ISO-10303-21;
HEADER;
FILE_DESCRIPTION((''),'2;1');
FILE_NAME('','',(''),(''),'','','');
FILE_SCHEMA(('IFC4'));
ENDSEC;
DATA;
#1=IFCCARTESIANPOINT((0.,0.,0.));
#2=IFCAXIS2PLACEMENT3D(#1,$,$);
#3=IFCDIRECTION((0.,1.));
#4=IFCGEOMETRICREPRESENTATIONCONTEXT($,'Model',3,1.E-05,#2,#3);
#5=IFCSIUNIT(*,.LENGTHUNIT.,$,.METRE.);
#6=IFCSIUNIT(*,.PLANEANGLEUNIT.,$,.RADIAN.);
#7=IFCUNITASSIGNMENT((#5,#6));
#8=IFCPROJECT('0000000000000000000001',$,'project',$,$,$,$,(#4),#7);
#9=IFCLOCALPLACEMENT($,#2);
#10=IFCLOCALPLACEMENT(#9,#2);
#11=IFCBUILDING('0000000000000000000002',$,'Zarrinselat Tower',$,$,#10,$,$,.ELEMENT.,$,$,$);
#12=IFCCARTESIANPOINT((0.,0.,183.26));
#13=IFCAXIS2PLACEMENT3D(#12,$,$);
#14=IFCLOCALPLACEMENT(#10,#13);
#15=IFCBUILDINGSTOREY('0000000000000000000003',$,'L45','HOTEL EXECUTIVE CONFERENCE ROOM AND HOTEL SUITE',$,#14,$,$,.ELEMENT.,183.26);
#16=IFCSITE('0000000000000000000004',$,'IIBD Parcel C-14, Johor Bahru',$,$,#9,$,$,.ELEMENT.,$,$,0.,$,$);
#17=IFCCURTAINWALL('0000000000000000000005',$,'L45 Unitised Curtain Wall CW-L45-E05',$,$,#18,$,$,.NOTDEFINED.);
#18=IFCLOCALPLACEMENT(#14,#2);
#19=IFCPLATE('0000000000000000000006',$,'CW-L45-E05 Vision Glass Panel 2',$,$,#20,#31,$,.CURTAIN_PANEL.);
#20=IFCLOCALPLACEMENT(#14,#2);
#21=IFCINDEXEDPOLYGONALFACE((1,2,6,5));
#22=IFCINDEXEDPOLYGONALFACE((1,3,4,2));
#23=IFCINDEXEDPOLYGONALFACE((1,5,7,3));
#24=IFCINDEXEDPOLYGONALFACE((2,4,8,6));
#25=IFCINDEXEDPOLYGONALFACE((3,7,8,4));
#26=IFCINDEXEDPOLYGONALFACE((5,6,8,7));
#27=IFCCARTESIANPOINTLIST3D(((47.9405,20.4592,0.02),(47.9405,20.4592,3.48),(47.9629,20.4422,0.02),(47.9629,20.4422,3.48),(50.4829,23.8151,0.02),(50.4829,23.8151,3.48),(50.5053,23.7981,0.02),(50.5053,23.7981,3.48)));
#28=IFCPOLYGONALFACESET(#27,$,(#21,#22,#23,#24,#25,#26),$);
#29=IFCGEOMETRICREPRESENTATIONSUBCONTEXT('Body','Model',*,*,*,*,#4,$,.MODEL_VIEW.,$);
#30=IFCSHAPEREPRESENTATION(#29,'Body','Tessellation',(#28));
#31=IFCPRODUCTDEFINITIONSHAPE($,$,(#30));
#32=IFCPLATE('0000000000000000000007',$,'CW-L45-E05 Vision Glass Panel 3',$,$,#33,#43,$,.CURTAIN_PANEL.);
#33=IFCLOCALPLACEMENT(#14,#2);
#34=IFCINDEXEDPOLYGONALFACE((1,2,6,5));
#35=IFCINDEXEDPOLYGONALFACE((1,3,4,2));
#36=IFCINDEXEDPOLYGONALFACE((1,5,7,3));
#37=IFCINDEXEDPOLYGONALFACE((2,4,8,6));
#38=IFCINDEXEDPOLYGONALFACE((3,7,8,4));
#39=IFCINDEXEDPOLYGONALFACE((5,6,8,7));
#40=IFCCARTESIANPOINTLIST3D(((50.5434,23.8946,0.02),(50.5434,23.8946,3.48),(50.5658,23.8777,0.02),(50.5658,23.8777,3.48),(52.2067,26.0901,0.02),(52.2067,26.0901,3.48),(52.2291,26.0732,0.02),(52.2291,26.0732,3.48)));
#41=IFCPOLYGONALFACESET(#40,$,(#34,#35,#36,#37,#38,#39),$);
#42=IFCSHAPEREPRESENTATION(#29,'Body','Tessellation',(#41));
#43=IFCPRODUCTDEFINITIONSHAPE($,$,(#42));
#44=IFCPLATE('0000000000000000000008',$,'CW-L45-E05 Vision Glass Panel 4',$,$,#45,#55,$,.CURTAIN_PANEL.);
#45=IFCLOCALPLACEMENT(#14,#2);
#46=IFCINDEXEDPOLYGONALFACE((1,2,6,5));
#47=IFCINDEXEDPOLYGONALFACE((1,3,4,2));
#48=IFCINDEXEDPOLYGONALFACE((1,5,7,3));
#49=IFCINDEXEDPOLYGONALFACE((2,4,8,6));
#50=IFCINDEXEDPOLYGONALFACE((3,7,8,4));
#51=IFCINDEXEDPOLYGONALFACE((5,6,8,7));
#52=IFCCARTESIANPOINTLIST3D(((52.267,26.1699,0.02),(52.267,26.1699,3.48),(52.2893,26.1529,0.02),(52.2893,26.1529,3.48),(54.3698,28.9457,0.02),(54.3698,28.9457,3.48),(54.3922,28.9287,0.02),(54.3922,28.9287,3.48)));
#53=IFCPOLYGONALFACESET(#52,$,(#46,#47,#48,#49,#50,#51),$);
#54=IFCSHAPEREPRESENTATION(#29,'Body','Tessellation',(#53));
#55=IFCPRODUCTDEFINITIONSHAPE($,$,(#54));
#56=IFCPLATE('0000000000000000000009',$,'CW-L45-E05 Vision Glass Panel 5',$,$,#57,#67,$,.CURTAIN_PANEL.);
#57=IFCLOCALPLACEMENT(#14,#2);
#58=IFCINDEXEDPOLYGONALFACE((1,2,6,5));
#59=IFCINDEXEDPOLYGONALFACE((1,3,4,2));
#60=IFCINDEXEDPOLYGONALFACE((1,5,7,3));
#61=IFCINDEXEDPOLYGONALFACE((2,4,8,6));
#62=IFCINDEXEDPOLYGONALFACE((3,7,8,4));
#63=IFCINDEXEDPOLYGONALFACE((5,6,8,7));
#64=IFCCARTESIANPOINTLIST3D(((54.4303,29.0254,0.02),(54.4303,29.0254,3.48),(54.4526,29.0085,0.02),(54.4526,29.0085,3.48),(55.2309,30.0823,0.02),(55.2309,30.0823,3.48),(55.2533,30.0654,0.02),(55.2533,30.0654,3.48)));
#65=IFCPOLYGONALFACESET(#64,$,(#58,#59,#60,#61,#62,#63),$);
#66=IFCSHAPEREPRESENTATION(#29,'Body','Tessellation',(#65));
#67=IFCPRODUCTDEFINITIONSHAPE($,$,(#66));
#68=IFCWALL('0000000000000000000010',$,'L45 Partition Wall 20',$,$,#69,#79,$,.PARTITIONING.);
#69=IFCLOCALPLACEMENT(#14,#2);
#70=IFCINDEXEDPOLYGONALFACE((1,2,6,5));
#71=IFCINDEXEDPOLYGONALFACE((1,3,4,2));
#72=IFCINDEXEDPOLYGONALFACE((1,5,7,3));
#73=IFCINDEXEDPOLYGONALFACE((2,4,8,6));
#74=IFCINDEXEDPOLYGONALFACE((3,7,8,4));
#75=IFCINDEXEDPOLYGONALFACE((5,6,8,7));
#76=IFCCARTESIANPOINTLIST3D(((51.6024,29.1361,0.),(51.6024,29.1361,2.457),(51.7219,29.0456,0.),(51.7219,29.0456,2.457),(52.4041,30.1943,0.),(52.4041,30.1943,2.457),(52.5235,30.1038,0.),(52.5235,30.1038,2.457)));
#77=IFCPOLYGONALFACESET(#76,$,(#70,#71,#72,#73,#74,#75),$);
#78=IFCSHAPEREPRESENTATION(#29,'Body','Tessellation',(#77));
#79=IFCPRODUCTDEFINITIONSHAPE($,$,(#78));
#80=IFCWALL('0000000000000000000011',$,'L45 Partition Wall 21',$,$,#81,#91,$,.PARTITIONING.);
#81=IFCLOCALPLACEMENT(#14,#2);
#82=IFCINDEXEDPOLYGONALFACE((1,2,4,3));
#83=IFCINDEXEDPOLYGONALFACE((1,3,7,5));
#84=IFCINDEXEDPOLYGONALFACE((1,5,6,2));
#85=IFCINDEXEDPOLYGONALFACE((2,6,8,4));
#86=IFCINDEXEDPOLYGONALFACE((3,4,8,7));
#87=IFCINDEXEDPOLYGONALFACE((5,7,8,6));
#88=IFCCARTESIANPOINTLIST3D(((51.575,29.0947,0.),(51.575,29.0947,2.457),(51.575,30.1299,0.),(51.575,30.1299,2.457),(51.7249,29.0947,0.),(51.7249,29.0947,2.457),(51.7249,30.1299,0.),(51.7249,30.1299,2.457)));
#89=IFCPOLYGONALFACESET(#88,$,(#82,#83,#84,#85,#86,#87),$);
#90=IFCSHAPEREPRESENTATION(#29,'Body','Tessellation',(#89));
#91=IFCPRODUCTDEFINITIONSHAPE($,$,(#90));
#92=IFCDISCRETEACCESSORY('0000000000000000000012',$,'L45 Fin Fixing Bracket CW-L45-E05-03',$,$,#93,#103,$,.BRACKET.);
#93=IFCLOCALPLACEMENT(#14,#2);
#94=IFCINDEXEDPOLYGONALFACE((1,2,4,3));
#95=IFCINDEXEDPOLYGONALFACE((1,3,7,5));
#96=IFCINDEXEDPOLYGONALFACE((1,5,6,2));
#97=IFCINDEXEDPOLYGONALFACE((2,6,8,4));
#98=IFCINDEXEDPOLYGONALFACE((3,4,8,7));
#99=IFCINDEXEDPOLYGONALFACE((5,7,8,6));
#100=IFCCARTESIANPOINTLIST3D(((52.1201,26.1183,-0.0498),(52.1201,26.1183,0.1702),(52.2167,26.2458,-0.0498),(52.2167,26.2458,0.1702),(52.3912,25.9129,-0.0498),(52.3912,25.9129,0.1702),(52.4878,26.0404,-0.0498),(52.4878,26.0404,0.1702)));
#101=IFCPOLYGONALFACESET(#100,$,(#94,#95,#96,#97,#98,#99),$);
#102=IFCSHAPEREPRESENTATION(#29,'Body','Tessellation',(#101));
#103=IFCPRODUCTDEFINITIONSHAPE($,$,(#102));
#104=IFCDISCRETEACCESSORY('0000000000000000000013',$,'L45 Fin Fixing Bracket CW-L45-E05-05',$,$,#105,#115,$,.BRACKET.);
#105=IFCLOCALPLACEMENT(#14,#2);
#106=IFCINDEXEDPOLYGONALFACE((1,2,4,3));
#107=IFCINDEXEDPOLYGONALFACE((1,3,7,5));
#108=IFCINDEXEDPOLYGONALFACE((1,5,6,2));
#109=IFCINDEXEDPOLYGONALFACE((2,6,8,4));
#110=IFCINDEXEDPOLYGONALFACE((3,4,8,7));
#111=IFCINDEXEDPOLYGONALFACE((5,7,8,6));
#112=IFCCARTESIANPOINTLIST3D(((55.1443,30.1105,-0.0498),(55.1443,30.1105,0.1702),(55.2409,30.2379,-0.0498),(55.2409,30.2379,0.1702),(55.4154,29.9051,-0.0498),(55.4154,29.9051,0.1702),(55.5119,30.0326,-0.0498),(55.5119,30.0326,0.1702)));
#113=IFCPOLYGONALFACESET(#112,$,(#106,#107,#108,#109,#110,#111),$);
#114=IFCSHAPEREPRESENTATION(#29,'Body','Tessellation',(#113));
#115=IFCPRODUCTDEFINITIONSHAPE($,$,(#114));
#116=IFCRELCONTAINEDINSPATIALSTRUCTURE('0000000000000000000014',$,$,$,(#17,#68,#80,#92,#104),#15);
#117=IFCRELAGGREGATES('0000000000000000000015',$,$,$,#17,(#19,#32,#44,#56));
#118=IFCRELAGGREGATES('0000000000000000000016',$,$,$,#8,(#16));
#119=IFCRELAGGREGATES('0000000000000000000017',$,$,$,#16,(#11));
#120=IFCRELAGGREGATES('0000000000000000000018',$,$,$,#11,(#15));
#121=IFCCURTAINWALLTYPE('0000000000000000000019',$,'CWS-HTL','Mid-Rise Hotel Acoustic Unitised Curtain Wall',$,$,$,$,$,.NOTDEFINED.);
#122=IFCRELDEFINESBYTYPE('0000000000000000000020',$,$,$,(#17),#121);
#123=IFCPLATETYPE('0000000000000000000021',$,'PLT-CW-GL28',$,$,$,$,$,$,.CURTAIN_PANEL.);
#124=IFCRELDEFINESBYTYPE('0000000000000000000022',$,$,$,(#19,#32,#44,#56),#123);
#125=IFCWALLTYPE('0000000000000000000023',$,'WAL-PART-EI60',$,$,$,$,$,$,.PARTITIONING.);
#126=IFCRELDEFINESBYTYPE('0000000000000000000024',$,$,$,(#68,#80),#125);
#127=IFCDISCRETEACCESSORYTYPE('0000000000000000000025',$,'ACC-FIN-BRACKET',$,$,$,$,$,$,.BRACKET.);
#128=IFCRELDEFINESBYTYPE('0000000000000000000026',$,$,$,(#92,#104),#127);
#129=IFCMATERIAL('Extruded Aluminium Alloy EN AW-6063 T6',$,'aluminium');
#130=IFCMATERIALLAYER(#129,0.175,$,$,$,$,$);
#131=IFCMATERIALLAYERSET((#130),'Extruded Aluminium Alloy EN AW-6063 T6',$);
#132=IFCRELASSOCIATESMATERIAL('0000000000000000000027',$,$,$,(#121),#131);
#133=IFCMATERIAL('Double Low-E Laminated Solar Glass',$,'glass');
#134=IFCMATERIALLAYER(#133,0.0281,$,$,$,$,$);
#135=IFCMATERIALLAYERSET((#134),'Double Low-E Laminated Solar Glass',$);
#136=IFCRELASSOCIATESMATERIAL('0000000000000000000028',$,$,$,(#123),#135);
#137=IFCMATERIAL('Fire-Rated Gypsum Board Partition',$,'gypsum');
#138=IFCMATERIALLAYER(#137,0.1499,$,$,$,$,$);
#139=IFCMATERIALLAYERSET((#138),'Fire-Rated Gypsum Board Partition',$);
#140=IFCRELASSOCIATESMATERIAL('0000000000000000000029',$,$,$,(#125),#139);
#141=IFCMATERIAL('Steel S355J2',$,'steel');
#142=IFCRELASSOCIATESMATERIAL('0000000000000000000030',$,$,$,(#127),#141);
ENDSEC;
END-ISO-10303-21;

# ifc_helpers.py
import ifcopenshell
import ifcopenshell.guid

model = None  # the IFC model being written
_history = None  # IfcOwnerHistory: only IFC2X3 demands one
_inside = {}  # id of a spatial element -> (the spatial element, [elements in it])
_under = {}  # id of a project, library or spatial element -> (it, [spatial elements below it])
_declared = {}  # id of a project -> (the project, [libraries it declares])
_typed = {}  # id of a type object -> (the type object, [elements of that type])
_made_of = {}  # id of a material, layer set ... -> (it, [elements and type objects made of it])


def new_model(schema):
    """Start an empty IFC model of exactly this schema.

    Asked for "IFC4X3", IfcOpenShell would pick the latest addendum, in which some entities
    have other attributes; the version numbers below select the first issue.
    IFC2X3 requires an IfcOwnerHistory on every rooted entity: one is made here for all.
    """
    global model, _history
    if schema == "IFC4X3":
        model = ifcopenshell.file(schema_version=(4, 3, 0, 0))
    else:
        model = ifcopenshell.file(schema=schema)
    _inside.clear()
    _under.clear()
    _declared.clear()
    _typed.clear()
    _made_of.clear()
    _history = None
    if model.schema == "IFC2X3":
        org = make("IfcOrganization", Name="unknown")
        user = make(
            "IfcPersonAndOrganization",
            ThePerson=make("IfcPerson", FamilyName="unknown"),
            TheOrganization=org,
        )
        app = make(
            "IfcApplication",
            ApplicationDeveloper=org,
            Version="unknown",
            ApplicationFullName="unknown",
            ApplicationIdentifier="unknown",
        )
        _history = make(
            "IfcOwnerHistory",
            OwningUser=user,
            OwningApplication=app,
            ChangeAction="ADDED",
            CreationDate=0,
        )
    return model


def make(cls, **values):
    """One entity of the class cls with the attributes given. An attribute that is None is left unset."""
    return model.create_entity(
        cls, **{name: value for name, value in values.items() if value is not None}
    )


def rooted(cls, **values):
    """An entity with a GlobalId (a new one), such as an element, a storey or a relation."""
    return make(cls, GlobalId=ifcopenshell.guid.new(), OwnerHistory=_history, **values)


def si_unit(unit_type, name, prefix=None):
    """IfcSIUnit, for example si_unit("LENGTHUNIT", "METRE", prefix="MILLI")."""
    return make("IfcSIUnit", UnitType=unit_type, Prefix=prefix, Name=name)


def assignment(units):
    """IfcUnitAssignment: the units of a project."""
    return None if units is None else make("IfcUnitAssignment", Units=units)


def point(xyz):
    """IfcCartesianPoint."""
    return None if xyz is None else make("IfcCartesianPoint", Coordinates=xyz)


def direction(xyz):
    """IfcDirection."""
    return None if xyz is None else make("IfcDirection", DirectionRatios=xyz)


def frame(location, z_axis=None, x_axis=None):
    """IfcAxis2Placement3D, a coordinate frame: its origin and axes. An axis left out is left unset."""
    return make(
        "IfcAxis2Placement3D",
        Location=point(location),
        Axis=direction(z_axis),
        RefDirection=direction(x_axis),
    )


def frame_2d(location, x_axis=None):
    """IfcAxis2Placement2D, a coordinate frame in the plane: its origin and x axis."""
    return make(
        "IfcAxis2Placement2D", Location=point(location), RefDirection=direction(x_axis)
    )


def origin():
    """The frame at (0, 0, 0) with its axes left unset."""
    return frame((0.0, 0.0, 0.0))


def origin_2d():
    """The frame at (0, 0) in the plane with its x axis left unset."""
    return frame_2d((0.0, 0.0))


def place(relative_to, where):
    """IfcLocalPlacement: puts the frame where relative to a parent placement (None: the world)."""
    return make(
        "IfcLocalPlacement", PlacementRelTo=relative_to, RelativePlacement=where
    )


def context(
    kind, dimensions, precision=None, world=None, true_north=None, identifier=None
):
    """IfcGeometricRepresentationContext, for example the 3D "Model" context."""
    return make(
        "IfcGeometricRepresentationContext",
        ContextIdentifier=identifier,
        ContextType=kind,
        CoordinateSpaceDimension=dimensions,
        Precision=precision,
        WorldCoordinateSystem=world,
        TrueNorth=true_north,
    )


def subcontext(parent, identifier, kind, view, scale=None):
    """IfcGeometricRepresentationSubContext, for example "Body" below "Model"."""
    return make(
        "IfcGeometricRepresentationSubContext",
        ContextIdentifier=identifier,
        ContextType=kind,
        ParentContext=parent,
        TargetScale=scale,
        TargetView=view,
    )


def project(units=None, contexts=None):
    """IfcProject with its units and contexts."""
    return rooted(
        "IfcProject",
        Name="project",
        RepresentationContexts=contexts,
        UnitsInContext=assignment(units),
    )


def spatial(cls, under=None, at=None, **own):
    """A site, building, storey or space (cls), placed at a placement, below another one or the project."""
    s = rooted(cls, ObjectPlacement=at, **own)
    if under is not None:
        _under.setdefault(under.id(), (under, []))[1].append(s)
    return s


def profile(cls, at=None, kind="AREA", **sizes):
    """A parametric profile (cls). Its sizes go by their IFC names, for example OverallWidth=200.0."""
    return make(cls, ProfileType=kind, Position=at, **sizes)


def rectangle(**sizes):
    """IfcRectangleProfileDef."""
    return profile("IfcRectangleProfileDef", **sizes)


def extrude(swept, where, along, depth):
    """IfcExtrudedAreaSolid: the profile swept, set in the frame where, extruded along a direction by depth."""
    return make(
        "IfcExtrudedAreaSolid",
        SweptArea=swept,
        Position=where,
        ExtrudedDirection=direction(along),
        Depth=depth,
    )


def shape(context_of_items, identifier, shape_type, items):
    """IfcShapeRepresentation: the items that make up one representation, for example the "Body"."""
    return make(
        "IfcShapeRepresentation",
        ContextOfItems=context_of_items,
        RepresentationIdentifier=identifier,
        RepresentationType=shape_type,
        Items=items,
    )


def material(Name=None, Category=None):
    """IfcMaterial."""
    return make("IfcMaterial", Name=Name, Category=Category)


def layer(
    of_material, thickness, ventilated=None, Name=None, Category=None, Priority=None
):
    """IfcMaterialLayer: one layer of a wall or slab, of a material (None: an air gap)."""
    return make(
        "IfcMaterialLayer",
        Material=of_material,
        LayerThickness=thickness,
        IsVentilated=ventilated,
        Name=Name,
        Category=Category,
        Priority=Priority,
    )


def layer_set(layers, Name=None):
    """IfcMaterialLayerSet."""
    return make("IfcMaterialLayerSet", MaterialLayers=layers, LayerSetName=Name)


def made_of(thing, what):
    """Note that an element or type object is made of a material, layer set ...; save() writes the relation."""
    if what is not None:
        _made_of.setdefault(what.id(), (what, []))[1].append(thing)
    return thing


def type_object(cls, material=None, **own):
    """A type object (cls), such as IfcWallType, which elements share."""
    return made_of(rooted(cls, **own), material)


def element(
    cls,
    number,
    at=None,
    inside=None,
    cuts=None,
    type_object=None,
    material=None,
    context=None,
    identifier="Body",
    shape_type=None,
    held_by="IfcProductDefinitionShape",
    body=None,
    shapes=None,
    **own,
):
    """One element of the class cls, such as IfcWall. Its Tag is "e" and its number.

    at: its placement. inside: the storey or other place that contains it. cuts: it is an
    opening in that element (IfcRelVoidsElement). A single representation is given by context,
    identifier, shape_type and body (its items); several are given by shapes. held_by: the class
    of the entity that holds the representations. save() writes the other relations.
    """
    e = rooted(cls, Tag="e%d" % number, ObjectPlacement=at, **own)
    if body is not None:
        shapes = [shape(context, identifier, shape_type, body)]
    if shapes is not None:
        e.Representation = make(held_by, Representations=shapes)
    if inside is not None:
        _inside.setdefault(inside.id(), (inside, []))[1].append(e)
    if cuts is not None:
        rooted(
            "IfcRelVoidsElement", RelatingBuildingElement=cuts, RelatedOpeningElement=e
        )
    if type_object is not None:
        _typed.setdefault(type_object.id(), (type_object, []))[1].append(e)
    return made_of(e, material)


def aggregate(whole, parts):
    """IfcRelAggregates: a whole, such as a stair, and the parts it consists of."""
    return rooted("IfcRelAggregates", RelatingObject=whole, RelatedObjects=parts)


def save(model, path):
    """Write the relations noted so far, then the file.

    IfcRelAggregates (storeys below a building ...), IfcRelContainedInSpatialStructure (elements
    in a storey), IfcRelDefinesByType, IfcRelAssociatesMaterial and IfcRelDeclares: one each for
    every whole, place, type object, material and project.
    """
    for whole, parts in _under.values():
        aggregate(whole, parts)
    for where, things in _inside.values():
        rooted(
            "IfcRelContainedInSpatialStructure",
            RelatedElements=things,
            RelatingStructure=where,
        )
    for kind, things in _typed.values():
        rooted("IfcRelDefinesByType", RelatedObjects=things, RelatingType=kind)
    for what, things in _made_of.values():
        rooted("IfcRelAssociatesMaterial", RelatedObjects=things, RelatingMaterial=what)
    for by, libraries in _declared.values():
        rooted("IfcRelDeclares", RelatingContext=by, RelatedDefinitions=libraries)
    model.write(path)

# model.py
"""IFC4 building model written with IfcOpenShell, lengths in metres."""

from ifc_helpers import new_model, si_unit, direction, frame, frame_2d, origin, origin_2d, place, context, subcontext, project, spatial, rectangle, extrude, material, layer, layer_set, type_object, element, aggregate, save


model = new_model("IFC4")

# Units and contexts
model_context = context("Model", 3, precision=1e-05, world=origin(), true_north=direction((0.0, 1.0)))
body_context = subcontext(model_context, "Body", "Model", "MODEL_VIEW")
ifc_project = project(units=[si_unit("LENGTHUNIT", "METRE"), si_unit("PLANEANGLEUNIT", "RADIAN")], contexts=[model_context])

# Site, building, storey
site_placement = place(None, origin())
site = spatial("IfcSite", under=ifc_project, at=site_placement, Name="IIBD Parcel C-14, Johor Bahru", CompositionType="ELEMENT", RefElevation=0.0)
building_placement = place(site_placement, origin())
building = spatial("IfcBuilding", under=site, at=building_placement, Name="Zarrinselat Tower", CompositionType="ELEMENT")
storey_placement = place(building_placement, frame((0.0, 0.0, 183.26)))
storey = spatial("IfcBuildingStorey", under=building, at=storey_placement, Name="L45", Description="HOTEL EXECUTIVE CONFERENCE ROOM AND HOTEL SUITE", CompositionType="ELEMENT", Elevation=183.26)

# Curtain wall, plates
ifc_material_1 = material(Name="Extruded Aluminium Alloy EN AW-6063 T6", Category="aluminium")
ifc_layer_1 = layer(ifc_material_1, 0.175)
ifc_layer_set_1 = layer_set([ifc_layer_1], Name="Extruded Aluminium Alloy EN AW-6063 T6")
curtain_wall_type = type_object("IfcCurtainWallType", Name="CWS-HTL", Description="Mid-Rise Hotel Acoustic Unitised Curtain Wall", PredefinedType="NOTDEFINED", material=ifc_layer_set_1)
curtain_wall_placement = place(storey_placement, origin())
curtain_wall = element("IfcCurtainWall", 1, at=curtain_wall_placement, inside=storey, type_object=curtain_wall_type, Name="L45 Unitised Curtain Wall CW-L45-E05", PredefinedType="NOTDEFINED")
ifc_material_2 = material(Name="Double Low-E Laminated Solar Glass", Category="glass")
ifc_layer_2 = layer(ifc_material_2, 0.0281)
ifc_layer_set_2 = layer_set([ifc_layer_2], Name="Double Low-E Laminated Solar Glass")
plate_type = type_object("IfcPlateType", Name="PLT-CW-GL28", PredefinedType="CURTAIN_PANEL", material=ifc_layer_set_2)
plate_1_placement = place(storey_placement, frame((49.2229, 22.1287, 0.02), z_axis=(0.0, 0.0, 1.0), x_axis=(0.603859, 0.797091, 0.0)))
plate_1 = element("IfcPlate", 2, at=plate_1_placement, type_object=plate_type, Name="CW-L45-E05 Vision Glass Panel 2", PredefinedType="CURTAIN_PANEL", context=body_context, shape_type="SweptSolid", body=[
    extrude(rectangle(XDim=4.2102, YDim=0.0281, at=origin_2d()), origin(), (0.0, 0.0, 1.0), 3.46),
])
plate_2_placement = place(storey_placement, frame((51.3862, 24.9839, 0.02), z_axis=(0.0, 0.0, 1.0), x_axis=(0.603859, 0.797091, 0.0)))
plate_2 = element("IfcPlate", 3, at=plate_2_placement, type_object=plate_type, Name="CW-L45-E05 Vision Glass Panel 3", PredefinedType="CURTAIN_PANEL", context=body_context, shape_type="SweptSolid", body=[
    extrude(rectangle(XDim=2.7544, YDim=0.0281, at=origin_2d()), origin(), (0.0, 0.0, 1.0), 3.46),
])
plate_3_placement = place(storey_placement, frame((53.3296, 27.5493, 0.02), z_axis=(0.0, 0.0, 1.0), x_axis=(0.603859, 0.797091, 0.0)))
plate_3 = element("IfcPlate", 4, at=plate_3_placement, type_object=plate_type, Name="CW-L45-E05 Vision Glass Panel 4", PredefinedType="CURTAIN_PANEL", context=body_context, shape_type="SweptSolid", body=[
    extrude(rectangle(XDim=3.4824, YDim=0.0281, at=origin_2d()), origin(), (0.0, 0.0, 1.0), 3.46),
])
plate_4_placement = place(storey_placement, frame((54.8418, 29.5454, 0.02), z_axis=(0.0, 0.0, 1.0), x_axis=(0.603859, 0.797091, 0.0)))
plate_4 = element("IfcPlate", 5, at=plate_4_placement, type_object=plate_type, Name="CW-L45-E05 Vision Glass Panel 5", PredefinedType="CURTAIN_PANEL", context=body_context, shape_type="SweptSolid", body=[
    extrude(rectangle(XDim=1.3259, YDim=0.0281, at=origin_2d()), origin(), (0.0, 0.0, 1.0), 3.46),
])
aggregate(curtain_wall, [plate_1, plate_2, plate_3, plate_4])

# Walls
ifc_material_3 = material(Name="Fire-Rated Gypsum Board Partition", Category="gypsum")
ifc_layer_3 = layer(ifc_material_3, 0.1499)
ifc_layer_set_3 = layer_set([ifc_layer_3], Name="Fire-Rated Gypsum Board Partition")
wall_type = type_object("IfcWallType", Name="WAL-PART-EI60", PredefinedType="PARTITIONING", material=ifc_layer_set_3)
wall_1_placement = place(storey_placement, frame((51.6621, 29.0908, 0.0), z_axis=(0.0, 0.0, 1.0), x_axis=(0.603847, 0.7971, 0.0)))
element("IfcWall", 6, at=wall_1_placement, inside=storey, type_object=wall_type, Name="L45 Partition Wall 20", PredefinedType="PARTITIONING", context=body_context, shape_type="SweptSolid", body=[
    extrude(rectangle(XDim=1.3276, YDim=0.1499, at=frame_2d((0.6638, 0.0))), origin(), (0.0, 0.0, 1.0), 2.457),
])
wall_2_placement = place(storey_placement, frame((51.6499, 29.0947, 0.0), z_axis=(0.0, 0.0, 1.0), x_axis=(0.0, 1.0, 0.0)))
element("IfcWall", 7, at=wall_2_placement, inside=storey, type_object=wall_type, Name="L45 Partition Wall 21", PredefinedType="PARTITIONING", context=body_context, shape_type="SweptSolid", body=[
    extrude(rectangle(XDim=1.0352, YDim=0.1499, at=frame_2d((0.5176, 0.0))), origin(), (0.0, 0.0, 1.0), 2.457),
])

# Discrete accessories
ifc_material_4 = material(Name="Steel S355J2", Category="steel")
discrete_accessory_type = type_object("IfcDiscreteAccessoryType", Name="ACC-FIN-BRACKET", PredefinedType="BRACKET", material=ifc_material_4)
for number, where, z_axis, x_axis, name in (
    (8, (52.304, 26.0793, -0.0498), (0.0, 0.0, 1.0), (0.797091, -0.603859, 0.0), "L45 Fin Fixing Bracket CW-L45-E05-03"),
    (9, (55.3281, 30.0715, -0.0498), (0.0, 0.0, 1.0), (0.797091, -0.603859, 0.0), "L45 Fin Fixing Bracket CW-L45-E05-05"),
):
    element("IfcDiscreteAccessory", number, at=place(storey_placement, frame(where, z_axis=z_axis, x_axis=x_axis)), inside=storey, type_object=discrete_accessory_type, Name=name, PredefinedType="BRACKET", context=body_context, shape_type="SweptSolid", body=[
        extrude(rectangle(XDim=0.3401, YDim=0.1599, at=origin_2d()), origin(), (0.0, 0.0, 1.0), 0.22),
    ])

save(model, "model.ifc")
